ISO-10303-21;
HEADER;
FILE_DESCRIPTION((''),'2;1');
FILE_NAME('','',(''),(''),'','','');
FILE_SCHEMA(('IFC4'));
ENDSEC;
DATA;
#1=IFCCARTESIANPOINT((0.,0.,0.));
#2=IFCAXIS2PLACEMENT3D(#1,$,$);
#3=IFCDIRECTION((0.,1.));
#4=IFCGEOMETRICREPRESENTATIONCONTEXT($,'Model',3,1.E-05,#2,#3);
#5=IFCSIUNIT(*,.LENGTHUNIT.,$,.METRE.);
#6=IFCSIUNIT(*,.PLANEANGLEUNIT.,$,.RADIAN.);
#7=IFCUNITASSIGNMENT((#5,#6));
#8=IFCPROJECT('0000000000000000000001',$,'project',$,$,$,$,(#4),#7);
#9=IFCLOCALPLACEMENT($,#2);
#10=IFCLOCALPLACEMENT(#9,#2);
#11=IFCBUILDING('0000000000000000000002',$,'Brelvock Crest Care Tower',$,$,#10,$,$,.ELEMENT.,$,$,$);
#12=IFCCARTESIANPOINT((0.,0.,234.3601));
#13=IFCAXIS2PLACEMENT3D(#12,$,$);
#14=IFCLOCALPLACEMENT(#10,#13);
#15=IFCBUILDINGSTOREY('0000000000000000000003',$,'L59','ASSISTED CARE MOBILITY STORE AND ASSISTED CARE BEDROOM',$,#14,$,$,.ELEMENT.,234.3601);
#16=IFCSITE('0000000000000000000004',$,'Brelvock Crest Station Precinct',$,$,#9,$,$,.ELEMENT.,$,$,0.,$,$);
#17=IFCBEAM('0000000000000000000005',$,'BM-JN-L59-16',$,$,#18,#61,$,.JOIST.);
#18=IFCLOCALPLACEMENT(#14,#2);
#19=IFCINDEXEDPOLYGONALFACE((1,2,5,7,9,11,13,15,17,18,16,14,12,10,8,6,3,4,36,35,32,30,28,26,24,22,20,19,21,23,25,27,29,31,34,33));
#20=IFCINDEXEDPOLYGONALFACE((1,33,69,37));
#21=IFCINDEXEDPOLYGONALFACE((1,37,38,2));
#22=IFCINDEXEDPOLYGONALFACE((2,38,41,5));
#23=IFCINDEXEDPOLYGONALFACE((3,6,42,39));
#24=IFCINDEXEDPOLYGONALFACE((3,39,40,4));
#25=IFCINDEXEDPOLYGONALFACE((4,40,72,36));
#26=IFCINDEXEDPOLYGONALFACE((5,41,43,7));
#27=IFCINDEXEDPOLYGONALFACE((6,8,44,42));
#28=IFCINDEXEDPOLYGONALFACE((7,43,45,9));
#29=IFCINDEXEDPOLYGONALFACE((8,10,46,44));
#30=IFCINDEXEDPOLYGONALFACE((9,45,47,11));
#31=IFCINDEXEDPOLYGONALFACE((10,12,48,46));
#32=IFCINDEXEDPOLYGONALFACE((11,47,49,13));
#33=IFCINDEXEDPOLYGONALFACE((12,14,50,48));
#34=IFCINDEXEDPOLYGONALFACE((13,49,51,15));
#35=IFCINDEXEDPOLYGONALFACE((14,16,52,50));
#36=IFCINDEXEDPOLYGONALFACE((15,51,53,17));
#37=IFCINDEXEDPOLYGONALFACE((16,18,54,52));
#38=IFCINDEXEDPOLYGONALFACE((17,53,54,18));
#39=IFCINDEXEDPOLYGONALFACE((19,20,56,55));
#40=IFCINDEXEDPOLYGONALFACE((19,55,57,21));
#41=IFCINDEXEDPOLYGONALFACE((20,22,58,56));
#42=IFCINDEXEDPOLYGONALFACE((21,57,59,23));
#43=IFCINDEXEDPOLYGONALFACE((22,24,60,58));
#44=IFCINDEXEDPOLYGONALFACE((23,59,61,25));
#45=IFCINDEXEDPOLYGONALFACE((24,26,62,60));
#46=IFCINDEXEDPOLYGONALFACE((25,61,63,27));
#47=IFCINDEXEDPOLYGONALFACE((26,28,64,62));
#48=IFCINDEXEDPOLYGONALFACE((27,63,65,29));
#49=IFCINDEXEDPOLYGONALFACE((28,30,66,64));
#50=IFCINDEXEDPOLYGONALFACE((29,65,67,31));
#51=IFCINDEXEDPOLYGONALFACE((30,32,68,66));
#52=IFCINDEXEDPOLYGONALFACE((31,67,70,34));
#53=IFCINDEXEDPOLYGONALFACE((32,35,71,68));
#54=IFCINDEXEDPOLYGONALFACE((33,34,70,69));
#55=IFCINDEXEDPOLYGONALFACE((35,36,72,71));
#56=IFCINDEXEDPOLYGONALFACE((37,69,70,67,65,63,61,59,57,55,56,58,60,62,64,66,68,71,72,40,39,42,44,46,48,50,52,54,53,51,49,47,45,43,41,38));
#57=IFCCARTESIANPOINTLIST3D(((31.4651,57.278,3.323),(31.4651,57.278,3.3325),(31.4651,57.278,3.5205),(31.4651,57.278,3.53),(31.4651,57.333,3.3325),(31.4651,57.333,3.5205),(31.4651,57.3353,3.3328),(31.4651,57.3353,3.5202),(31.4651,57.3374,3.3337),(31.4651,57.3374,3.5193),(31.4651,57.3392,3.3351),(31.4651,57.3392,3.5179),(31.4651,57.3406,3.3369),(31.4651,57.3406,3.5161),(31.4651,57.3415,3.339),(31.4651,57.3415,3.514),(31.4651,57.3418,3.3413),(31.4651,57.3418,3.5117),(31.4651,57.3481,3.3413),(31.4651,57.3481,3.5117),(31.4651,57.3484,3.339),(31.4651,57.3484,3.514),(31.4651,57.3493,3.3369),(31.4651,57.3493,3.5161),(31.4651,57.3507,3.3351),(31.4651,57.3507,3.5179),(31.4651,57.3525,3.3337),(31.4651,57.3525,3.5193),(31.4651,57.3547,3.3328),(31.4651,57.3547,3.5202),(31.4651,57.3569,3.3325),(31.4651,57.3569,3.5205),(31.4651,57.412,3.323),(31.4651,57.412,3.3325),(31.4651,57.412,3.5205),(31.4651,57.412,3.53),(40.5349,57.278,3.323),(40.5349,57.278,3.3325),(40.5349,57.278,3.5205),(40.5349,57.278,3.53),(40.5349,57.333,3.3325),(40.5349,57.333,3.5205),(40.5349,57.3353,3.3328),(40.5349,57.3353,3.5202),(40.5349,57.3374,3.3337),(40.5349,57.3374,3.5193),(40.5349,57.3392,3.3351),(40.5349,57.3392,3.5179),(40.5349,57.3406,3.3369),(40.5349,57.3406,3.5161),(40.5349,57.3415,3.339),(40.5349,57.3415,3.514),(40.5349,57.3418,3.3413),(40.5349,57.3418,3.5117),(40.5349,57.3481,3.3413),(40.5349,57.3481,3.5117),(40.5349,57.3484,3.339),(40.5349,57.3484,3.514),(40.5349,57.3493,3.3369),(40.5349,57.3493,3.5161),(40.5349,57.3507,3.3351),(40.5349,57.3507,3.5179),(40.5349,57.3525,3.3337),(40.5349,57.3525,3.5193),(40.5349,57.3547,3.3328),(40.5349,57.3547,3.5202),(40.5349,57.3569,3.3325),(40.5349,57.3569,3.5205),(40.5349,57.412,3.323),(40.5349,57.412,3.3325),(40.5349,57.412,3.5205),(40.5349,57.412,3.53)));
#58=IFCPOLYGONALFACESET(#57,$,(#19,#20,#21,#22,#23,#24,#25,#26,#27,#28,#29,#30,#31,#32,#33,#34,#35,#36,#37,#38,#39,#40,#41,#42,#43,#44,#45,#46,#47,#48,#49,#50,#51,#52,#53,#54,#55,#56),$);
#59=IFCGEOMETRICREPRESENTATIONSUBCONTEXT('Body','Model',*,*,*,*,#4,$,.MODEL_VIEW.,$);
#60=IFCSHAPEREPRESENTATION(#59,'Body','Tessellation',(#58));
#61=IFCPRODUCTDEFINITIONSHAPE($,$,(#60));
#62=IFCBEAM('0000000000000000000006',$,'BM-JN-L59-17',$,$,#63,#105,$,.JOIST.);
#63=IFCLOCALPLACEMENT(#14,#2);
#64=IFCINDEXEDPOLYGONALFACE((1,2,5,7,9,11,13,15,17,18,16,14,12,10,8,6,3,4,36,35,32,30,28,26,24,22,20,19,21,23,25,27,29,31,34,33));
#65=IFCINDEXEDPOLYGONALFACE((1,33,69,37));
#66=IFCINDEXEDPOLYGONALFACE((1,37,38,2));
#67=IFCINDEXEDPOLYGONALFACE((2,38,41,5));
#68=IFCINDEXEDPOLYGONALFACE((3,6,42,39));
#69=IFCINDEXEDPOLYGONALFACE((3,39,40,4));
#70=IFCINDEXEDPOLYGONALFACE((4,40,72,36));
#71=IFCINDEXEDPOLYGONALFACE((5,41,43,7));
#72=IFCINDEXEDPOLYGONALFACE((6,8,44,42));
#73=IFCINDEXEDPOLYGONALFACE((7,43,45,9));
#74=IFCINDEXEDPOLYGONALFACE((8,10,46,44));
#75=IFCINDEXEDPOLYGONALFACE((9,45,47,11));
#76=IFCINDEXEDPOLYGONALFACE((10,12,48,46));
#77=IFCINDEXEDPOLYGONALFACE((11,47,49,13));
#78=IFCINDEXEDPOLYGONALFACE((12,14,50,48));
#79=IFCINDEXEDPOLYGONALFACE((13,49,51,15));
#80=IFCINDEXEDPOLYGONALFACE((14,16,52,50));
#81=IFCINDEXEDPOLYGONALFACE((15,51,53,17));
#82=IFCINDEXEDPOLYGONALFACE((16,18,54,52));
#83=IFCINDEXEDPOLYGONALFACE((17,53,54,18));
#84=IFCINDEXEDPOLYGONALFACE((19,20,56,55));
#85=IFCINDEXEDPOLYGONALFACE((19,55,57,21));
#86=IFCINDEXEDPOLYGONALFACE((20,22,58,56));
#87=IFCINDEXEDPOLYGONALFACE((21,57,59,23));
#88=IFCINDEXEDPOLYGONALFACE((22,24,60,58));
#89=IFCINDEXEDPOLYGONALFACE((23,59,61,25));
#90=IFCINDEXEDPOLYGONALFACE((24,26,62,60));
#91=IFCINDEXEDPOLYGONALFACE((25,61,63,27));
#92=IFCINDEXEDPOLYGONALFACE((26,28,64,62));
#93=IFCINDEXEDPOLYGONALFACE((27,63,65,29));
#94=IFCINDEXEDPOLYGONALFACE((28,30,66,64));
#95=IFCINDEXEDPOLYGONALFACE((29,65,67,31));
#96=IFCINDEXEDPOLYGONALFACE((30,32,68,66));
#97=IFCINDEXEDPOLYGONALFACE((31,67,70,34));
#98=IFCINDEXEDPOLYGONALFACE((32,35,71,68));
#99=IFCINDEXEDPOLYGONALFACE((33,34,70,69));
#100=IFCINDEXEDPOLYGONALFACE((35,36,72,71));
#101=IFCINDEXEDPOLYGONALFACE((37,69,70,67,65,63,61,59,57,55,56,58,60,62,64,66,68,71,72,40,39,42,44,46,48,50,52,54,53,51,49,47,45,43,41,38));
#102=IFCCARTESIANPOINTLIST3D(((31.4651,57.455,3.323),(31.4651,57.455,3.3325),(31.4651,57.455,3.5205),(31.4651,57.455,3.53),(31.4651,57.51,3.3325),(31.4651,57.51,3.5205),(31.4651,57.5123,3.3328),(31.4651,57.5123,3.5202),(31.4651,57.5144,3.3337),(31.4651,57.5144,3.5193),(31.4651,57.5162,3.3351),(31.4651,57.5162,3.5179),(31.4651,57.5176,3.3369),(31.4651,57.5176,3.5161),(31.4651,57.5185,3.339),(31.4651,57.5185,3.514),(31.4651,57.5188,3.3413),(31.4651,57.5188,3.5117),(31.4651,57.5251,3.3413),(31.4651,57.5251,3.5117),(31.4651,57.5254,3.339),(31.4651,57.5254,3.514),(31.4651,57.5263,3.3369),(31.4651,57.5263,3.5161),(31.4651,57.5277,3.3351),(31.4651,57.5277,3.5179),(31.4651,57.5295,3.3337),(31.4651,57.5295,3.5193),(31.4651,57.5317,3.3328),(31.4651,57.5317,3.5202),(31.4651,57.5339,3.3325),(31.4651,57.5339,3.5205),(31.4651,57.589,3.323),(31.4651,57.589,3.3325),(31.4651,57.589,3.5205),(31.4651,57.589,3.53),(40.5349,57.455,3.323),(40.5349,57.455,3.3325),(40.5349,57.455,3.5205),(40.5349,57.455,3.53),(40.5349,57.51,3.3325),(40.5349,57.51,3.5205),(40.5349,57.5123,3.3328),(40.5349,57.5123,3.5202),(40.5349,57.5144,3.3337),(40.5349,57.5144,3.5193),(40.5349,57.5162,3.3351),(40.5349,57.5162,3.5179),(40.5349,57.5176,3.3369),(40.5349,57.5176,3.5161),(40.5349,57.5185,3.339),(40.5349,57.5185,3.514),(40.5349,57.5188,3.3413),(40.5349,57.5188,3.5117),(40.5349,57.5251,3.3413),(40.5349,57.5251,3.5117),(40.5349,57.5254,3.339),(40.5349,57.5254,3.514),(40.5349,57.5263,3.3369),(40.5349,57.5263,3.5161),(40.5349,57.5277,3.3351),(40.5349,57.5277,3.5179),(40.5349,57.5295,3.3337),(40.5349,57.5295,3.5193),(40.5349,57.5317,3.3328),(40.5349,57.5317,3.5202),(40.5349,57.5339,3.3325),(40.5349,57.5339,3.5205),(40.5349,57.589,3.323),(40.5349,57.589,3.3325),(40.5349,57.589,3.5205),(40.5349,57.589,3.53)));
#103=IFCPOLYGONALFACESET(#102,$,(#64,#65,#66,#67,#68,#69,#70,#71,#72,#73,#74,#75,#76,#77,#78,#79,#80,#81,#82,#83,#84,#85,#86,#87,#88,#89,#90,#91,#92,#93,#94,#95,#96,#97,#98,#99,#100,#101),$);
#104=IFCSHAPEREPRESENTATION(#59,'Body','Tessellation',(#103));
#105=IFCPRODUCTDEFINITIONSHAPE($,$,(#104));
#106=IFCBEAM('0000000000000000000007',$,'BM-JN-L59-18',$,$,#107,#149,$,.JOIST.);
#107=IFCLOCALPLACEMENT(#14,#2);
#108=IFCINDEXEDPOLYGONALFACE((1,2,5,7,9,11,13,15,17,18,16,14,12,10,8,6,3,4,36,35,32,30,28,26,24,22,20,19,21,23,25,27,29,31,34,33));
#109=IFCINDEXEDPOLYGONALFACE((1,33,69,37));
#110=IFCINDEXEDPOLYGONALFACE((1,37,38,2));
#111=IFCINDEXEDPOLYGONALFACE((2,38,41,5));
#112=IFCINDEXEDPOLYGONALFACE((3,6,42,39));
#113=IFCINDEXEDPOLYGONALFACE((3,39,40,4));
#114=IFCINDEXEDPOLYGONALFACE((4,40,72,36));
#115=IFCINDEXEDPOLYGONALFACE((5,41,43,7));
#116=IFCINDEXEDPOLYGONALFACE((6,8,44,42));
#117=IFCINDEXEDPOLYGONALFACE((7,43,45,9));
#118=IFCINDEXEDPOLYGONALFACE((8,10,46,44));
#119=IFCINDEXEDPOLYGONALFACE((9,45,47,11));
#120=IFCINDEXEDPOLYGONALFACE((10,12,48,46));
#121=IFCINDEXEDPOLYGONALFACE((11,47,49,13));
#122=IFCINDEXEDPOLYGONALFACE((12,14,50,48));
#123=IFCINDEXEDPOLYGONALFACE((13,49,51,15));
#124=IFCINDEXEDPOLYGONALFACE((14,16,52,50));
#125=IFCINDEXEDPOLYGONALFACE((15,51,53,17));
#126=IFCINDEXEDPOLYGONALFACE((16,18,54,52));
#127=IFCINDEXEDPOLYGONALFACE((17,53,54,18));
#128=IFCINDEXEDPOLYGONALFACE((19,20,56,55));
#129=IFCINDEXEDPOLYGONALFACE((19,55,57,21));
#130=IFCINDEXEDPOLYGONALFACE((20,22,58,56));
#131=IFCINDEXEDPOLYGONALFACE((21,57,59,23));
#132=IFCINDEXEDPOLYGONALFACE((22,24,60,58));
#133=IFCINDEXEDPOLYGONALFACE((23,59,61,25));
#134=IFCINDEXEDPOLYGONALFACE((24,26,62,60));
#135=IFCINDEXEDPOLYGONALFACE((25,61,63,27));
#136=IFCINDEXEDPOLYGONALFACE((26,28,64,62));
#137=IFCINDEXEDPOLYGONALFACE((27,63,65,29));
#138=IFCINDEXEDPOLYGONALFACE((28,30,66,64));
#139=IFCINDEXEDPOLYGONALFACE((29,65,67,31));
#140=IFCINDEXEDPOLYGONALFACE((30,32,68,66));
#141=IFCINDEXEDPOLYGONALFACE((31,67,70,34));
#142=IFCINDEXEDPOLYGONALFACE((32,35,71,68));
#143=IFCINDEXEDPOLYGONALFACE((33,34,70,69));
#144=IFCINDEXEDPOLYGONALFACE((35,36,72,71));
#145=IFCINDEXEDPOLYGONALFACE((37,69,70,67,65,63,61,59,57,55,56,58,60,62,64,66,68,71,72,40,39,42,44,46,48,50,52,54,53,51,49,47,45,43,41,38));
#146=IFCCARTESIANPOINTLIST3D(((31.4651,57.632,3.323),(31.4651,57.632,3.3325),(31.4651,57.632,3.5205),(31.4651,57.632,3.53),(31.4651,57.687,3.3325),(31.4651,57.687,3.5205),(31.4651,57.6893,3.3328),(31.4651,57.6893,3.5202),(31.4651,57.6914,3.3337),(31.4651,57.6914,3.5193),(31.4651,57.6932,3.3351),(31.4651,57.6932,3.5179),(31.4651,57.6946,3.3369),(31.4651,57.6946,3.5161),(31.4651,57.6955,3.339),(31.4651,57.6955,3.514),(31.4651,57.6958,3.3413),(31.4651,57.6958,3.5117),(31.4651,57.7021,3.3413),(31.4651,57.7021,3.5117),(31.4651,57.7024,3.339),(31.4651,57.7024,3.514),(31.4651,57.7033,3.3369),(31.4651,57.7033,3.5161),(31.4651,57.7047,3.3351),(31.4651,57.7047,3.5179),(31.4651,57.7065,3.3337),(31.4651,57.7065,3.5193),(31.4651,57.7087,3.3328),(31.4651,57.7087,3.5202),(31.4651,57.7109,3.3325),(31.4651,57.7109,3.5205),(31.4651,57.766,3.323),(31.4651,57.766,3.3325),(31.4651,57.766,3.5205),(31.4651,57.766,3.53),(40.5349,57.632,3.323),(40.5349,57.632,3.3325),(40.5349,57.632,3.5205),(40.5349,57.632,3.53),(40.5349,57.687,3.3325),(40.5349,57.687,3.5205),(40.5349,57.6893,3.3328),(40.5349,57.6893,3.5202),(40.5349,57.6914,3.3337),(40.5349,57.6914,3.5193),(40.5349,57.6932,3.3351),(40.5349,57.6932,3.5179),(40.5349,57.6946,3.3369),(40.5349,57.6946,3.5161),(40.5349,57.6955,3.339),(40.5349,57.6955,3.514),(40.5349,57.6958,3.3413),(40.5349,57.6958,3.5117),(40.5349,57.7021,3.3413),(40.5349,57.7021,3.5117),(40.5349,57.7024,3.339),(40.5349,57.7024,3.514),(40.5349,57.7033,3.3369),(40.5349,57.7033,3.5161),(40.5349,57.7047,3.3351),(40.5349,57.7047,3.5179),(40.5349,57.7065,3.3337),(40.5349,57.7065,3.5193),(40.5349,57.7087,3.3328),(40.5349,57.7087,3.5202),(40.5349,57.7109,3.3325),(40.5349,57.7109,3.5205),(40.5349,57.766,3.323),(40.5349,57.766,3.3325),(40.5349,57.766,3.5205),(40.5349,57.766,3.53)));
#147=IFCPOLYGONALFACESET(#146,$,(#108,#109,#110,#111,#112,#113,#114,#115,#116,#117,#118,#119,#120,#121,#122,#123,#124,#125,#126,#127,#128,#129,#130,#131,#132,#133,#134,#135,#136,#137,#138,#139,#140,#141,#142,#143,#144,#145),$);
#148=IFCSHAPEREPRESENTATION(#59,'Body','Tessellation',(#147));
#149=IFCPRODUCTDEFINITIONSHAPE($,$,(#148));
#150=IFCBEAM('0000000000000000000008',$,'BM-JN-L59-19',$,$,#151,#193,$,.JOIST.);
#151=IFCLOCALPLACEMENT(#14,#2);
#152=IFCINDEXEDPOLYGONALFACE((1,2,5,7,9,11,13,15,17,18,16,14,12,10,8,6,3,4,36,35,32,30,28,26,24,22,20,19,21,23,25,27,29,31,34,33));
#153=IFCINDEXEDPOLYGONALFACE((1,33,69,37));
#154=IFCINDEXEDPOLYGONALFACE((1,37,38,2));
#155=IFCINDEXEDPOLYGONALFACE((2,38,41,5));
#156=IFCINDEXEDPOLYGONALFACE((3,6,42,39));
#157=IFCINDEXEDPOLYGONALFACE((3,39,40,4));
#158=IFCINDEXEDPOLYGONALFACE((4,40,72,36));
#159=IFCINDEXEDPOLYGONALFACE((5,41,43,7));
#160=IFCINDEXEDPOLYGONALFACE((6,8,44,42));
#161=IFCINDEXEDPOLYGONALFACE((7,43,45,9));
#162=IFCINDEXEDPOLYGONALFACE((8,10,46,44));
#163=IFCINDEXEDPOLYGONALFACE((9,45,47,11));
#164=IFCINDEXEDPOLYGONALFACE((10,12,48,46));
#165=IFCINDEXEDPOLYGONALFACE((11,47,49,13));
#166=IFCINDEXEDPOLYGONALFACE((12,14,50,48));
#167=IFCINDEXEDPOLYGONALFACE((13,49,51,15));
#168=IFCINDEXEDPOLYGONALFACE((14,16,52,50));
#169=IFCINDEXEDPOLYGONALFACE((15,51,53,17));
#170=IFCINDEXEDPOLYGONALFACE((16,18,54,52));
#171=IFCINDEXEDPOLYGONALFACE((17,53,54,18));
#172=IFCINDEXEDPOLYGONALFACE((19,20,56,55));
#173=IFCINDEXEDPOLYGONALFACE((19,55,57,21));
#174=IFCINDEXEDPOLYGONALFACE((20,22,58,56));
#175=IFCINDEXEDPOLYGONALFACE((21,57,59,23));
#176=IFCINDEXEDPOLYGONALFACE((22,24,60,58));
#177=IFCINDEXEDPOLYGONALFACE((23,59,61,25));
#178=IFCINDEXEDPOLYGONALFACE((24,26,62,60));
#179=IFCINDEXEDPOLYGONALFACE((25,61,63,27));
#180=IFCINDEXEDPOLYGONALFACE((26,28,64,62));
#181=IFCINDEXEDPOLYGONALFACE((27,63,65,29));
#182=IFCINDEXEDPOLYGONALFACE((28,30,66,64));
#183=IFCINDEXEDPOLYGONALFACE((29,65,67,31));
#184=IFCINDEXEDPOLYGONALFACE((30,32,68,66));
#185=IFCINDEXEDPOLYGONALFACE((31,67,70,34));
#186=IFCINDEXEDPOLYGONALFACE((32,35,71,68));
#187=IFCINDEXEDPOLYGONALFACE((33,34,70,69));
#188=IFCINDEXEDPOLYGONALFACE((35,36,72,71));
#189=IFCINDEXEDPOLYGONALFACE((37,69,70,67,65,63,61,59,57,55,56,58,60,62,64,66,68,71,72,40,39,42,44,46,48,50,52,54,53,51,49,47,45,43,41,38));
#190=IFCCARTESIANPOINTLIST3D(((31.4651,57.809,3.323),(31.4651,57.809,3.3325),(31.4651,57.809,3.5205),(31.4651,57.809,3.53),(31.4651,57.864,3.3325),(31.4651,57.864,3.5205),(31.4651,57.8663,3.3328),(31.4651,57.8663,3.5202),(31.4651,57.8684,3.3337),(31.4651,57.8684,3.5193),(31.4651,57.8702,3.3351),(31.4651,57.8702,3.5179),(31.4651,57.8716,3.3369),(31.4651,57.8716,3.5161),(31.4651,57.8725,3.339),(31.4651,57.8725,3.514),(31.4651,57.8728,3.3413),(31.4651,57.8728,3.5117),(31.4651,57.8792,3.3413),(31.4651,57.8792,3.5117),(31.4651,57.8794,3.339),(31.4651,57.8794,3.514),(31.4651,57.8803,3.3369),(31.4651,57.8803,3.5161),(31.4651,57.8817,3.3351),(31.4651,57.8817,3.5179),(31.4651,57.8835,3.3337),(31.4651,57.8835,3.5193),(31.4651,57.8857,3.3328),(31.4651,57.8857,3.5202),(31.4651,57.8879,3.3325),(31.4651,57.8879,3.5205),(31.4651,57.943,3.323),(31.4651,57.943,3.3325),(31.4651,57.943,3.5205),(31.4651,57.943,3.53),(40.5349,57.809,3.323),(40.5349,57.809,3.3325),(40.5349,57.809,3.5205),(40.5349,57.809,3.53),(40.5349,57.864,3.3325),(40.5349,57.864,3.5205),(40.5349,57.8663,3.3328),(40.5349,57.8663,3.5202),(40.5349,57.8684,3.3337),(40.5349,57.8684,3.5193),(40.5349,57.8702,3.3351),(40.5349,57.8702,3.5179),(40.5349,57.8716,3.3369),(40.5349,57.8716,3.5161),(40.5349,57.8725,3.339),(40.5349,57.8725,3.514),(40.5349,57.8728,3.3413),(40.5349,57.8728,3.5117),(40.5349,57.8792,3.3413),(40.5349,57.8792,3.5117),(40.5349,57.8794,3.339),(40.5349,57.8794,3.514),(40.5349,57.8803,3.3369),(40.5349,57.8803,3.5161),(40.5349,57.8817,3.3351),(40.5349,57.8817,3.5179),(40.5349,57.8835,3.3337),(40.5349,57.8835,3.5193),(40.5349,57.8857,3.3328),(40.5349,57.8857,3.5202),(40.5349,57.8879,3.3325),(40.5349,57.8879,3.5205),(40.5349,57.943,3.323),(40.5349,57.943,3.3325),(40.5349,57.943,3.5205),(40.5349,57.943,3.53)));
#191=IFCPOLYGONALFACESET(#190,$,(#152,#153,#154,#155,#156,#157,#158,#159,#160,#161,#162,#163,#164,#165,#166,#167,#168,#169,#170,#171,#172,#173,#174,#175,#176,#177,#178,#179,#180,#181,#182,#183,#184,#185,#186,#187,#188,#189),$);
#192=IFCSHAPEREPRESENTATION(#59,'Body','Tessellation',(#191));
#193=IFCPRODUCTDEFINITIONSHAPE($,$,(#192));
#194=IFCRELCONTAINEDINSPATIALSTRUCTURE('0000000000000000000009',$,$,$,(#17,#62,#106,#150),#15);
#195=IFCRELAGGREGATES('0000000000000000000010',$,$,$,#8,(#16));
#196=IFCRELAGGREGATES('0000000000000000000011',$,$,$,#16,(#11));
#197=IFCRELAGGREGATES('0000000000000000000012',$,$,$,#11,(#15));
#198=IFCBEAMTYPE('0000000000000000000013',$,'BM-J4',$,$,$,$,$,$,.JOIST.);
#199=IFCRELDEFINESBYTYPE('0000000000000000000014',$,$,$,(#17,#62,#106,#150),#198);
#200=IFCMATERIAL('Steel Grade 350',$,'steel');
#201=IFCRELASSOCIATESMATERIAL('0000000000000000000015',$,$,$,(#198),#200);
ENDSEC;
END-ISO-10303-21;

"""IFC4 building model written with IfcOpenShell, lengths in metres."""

from ifc_helpers import new_model, si_unit, direction, frame, origin, origin_2d, place, context, subcontext, project, spatial, i_section, extrude, source, transform, mapped, material, material_profile, profile_set, type_object, element, save


model = new_model("IFC4")

# Units and contexts
model_context = context("Model", 3, precision=1e-05, world=origin(), true_north=direction((0.0, 1.0)))
body_context = subcontext(model_context, "Body", "Model", "MODEL_VIEW")
ifc_project = project(units=[si_unit("LENGTHUNIT", "METRE"), si_unit("PLANEANGLEUNIT", "RADIAN")], contexts=[model_context])

# Site, building, storey
site_placement = place(None, origin())
site = spatial("IfcSite", under=ifc_project, at=site_placement, Name="Brelvock Crest Station Precinct", CompositionType="ELEMENT", RefElevation=0.0)
building_placement = place(site_placement, origin())
building = spatial("IfcBuilding", under=site, at=building_placement, Name="Brelvock Crest Care Tower", CompositionType="ELEMENT")
storey_placement = place(building_placement, frame((0.0, 0.0, 234.3601)))
storey = spatial("IfcBuildingStorey", under=building, at=storey_placement, Name="L59", Description="ASSISTED CARE MOBILITY STORE AND ASSISTED CARE BEDROOM", CompositionType="ELEMENT", Elevation=234.3601)

# Shared definitions
ifc_material_1 = material(Name="Steel Grade 350", Category="steel")

# Beams
ifc_material_profile_1 = material_profile(ifc_material_1, i_section(OverallWidth=0.134, OverallDepth=0.207, WebThickness=0.0063, FlangeThickness=0.0095, FilletRadius=0.0088, at=origin_2d()), Name="200UB29.8")
ifc_profile_set_1 = profile_set([ifc_material_profile_1], Name="Steel Grade 350")
beam_type_1 = type_object("IfcBeamType", Name="BM-J4", PredefinedType="JOIST", material=ifc_profile_set_1)
shared_shape_1 = source(origin(), body_context, "Body", "SweptSolid", [
    extrude(i_section(OverallWidth=0.134, OverallDepth=0.207, WebThickness=0.0063, FlangeThickness=0.0095, FilletRadius=0.0088, at=origin_2d()), origin(), (0.0, 0.0, 1.0), 9.0698),
])
for number, where, z_axis, x_axis, name in (
    (1, (31.4651, 57.345, 3.4265), (1.0, 0.0, 0.0), (0.0, 1.0, 0.0), "BM-JN-L59-16"),
    (2, (31.4651, 57.522, 3.4265), (1.0, 0.0, 0.0), (0.0, 1.0, 0.0), "BM-JN-L59-17"),
    (3, (31.4651, 57.699, 3.4265), (1.0, 0.0, 0.0), (0.0, 1.0, 0.0), "BM-JN-L59-18"),
    (4, (31.4651, 57.876, 3.4265), (1.0, 0.0, 0.0), (0.0, 1.0, 0.0), "BM-JN-L59-19"),
):
    element("IfcBeam", number, at=place(storey_placement, frame(where, z_axis=z_axis, x_axis=x_axis)), inside=storey, type_object=beam_type_1, Name=name, PredefinedType="JOIST", context=body_context, shape_type="MappedRepresentation", body=[
        mapped(shared_shape_1, transform((0.0, 0.0, 0.0), x_axis=(1.0, 0.0, 0.0), y_axis=(0.0, 1.0, 0.0), z_axis=(0.0, 0.0, 1.0), scale=1.0)),
    ])

save(model, "model.ifc")
